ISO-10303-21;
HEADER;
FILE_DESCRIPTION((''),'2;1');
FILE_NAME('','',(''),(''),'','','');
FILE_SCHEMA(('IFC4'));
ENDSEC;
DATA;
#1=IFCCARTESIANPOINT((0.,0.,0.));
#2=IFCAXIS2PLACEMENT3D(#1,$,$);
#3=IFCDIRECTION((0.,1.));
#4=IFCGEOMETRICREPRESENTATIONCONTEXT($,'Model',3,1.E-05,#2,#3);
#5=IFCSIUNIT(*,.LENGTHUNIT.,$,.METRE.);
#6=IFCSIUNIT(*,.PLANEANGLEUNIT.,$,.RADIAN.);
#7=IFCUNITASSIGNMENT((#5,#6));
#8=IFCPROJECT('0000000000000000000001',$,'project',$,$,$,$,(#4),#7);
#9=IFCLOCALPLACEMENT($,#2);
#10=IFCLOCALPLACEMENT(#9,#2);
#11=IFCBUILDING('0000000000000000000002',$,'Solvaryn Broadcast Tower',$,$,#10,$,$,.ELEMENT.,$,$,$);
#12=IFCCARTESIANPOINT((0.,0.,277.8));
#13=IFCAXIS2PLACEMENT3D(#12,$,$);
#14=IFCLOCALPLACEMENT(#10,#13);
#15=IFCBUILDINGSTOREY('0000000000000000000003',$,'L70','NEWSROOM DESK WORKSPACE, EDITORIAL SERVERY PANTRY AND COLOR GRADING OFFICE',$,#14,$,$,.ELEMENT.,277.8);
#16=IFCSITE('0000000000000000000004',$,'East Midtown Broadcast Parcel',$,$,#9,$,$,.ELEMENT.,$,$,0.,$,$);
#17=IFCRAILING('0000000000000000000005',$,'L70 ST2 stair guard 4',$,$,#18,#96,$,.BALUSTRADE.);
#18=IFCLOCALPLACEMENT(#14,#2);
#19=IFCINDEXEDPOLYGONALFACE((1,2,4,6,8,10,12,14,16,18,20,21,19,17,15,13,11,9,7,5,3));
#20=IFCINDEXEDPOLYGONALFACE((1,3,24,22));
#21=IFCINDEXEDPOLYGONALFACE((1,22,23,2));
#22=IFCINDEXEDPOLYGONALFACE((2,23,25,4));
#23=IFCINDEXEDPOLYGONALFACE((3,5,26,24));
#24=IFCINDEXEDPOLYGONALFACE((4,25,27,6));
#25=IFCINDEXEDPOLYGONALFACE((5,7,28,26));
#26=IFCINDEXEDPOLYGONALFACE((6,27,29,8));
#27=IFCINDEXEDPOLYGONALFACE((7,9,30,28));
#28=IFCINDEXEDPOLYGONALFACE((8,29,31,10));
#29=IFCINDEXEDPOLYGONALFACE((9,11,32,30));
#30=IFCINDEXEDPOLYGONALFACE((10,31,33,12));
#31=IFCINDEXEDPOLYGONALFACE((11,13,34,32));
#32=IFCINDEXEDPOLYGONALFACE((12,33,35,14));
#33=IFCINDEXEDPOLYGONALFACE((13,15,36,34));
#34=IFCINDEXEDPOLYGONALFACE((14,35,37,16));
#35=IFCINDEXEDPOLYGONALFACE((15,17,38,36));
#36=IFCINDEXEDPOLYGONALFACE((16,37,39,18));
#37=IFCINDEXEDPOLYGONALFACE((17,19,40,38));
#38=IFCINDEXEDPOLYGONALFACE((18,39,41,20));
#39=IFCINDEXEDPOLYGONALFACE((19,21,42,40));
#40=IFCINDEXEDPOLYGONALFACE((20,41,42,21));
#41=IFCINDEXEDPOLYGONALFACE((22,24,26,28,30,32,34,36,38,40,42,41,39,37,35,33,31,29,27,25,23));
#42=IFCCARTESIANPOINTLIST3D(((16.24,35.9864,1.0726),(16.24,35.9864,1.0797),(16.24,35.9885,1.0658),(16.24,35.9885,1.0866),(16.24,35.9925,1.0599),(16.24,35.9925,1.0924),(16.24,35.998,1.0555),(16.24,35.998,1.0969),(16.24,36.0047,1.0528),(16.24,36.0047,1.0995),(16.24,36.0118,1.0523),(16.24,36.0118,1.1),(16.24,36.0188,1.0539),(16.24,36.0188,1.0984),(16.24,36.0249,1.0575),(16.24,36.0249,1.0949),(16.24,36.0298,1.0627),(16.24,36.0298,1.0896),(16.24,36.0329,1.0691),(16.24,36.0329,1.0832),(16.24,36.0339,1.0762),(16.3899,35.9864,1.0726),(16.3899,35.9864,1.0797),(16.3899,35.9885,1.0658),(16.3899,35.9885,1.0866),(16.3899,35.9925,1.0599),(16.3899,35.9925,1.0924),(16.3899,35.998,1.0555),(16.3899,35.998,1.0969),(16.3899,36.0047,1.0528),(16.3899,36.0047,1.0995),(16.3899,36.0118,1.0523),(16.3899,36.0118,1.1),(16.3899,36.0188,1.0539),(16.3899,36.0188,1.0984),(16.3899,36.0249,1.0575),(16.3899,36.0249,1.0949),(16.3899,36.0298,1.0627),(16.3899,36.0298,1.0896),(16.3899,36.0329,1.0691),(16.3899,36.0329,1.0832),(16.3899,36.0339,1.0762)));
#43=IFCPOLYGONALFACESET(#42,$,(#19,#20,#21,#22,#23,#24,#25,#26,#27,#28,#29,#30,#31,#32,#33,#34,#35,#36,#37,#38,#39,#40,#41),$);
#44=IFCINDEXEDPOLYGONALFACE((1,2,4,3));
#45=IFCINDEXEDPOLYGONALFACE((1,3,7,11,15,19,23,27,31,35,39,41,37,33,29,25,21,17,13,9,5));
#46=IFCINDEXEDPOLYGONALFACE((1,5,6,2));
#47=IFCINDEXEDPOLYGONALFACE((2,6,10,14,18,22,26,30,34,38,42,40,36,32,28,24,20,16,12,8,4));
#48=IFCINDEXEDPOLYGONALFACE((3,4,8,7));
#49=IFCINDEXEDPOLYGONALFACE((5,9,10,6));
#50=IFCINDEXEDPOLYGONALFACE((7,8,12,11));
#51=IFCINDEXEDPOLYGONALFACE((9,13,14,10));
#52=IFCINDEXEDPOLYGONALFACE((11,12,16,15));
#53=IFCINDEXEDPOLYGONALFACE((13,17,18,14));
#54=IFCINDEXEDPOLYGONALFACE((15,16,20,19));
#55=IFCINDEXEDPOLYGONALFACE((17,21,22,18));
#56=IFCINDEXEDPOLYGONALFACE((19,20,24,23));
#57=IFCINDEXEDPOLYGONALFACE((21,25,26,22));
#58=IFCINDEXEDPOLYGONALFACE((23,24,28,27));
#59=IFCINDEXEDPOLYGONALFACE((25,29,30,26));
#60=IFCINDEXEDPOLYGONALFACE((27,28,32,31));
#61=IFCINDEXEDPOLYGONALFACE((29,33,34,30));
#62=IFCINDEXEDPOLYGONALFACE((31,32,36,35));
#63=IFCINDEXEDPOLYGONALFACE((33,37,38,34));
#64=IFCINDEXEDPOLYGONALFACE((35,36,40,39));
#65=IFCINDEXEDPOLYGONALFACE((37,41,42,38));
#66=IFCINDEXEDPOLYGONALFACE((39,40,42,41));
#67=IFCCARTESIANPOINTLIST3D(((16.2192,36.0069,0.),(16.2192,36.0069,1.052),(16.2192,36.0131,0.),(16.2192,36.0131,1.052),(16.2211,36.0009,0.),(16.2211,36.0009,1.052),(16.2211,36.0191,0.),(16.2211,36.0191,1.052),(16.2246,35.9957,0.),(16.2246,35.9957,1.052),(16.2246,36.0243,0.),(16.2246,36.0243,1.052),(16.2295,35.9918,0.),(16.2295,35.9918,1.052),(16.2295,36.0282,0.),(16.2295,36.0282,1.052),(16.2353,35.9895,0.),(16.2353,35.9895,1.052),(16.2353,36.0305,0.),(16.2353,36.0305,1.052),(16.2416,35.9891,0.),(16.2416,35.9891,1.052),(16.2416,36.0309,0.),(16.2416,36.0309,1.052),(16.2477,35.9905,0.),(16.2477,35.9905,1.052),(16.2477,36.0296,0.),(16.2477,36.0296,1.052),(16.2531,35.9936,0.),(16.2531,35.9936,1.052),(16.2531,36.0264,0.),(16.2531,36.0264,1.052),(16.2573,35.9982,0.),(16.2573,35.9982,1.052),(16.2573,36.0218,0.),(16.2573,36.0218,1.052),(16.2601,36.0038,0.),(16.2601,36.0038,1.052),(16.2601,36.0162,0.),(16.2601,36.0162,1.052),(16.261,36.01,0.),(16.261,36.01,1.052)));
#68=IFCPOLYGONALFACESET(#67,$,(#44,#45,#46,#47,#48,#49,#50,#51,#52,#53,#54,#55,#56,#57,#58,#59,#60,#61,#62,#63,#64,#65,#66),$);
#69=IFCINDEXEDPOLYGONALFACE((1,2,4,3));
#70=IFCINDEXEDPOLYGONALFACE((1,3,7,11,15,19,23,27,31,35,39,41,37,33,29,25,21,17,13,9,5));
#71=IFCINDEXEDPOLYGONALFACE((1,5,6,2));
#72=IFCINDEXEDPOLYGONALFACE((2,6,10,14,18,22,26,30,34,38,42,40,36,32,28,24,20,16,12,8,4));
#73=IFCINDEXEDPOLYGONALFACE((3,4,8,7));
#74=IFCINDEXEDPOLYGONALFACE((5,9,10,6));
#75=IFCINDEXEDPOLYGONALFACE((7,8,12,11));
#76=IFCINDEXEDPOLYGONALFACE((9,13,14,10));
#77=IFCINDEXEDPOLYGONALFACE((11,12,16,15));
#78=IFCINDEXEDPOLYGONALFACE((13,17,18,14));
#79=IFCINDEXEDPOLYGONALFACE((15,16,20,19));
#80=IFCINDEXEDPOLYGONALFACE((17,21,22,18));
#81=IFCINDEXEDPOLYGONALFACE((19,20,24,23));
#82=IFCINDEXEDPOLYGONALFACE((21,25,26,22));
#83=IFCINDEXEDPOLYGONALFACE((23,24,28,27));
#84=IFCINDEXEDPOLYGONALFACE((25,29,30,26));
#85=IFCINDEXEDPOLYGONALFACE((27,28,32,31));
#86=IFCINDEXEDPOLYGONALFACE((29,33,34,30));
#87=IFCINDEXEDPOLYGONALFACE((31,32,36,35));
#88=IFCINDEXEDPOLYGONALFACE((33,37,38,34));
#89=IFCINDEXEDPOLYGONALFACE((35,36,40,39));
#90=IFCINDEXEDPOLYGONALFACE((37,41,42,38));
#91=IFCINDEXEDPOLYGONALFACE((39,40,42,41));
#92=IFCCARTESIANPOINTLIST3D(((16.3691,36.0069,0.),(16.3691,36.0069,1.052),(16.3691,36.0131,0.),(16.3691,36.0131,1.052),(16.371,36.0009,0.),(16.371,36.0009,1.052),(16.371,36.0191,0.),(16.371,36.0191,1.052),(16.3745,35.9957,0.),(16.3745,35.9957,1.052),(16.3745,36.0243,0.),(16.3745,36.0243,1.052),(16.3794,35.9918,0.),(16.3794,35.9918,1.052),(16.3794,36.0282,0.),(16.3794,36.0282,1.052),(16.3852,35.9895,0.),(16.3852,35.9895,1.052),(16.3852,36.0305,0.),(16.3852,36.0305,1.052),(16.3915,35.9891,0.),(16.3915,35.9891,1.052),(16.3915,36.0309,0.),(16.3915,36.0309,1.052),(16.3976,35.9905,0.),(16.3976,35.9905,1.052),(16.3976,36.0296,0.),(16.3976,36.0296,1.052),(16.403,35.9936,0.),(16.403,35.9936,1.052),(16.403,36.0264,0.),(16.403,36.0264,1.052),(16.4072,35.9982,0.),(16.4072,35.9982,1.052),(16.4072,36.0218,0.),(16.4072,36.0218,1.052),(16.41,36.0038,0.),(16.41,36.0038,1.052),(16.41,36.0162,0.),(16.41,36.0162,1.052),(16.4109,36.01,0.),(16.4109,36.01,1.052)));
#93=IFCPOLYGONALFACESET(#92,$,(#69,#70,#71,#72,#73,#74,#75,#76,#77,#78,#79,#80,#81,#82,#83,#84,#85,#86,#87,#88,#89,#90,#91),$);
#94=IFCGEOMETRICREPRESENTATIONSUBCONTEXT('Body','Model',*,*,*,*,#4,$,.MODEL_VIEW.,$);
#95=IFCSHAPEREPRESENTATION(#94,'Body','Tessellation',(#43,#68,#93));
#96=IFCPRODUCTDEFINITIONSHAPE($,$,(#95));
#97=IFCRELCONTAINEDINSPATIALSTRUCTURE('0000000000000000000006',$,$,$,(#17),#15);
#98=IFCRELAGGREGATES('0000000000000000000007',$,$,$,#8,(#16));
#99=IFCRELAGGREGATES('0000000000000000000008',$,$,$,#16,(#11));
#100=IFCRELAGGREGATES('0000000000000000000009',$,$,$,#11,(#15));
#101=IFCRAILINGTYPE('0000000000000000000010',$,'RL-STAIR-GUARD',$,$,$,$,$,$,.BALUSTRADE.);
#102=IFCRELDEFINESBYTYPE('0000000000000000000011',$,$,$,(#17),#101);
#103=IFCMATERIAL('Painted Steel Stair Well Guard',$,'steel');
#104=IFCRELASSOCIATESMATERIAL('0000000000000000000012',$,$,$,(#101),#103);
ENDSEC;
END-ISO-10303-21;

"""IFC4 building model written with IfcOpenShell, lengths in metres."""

from ifc_helpers import new_model, si_unit, direction, frame, origin, origin_2d, place, context, subcontext, project, spatial, circle, extrude, material, type_object, element, save


model = new_model("IFC4")

# Units and contexts
model_context = context("Model", 3, precision=1e-05, world=origin(), true_north=direction((0.0, 1.0)))
body_context = subcontext(model_context, "Body", "Model", "MODEL_VIEW")
ifc_project = project(units=[si_unit("LENGTHUNIT", "METRE"), si_unit("PLANEANGLEUNIT", "RADIAN")], contexts=[model_context])

# Site, building, storey
site_placement = place(None, origin())
site = spatial("IfcSite", under=ifc_project, at=site_placement, Name="East Midtown Broadcast Parcel", CompositionType="ELEMENT", RefElevation=0.0)
building_placement = place(site_placement, origin())
building = spatial("IfcBuilding", under=site, at=building_placement, Name="Solvaryn Broadcast Tower", CompositionType="ELEMENT")
storey_placement = place(building_placement, frame((0.0, 0.0, 277.8)))
storey = spatial("IfcBuildingStorey", under=building, at=storey_placement, Name="L70", Description="NEWSROOM DESK WORKSPACE, EDITORIAL SERVERY PANTRY AND COLOR GRADING OFFICE", CompositionType="ELEMENT", Elevation=277.8)

# Railing
ifc_material_1 = material(Name="Painted Steel Stair Well Guard", Category="steel")
railing_type_1 = type_object("IfcRailingType", Name="RL-STAIR-GUARD", PredefinedType="BALUSTRADE", material=ifc_material_1)
railing_1_placement = place(storey_placement, frame((16.24, 36.01, 0.0)))
element("IfcRailing", 1, at=railing_1_placement, inside=storey, type_object=railing_type_1, Name="L70 ST2 stair guard 4", PredefinedType="BALUSTRADE", context=body_context, shape_type="SweptSolid", body=[
    extrude(circle(Radius=0.0239, at=origin_2d()), frame((0.0, 0.0, 1.0762), z_axis=(1.0, 0.0, 0.0), x_axis=(0.0, 1.0, 0.0)), (0.0, 0.0, 1.0), 0.1499),
    extrude(circle(Radius=0.021, at=origin_2d()), origin(), (0.0, 0.0, 1.0), 1.052),
    extrude(circle(Radius=0.021, at=origin_2d()), frame((0.1499, 0.0, 0.0)), (0.0, 0.0, 1.0), 1.052),
])

save(model, "model.ifc")
